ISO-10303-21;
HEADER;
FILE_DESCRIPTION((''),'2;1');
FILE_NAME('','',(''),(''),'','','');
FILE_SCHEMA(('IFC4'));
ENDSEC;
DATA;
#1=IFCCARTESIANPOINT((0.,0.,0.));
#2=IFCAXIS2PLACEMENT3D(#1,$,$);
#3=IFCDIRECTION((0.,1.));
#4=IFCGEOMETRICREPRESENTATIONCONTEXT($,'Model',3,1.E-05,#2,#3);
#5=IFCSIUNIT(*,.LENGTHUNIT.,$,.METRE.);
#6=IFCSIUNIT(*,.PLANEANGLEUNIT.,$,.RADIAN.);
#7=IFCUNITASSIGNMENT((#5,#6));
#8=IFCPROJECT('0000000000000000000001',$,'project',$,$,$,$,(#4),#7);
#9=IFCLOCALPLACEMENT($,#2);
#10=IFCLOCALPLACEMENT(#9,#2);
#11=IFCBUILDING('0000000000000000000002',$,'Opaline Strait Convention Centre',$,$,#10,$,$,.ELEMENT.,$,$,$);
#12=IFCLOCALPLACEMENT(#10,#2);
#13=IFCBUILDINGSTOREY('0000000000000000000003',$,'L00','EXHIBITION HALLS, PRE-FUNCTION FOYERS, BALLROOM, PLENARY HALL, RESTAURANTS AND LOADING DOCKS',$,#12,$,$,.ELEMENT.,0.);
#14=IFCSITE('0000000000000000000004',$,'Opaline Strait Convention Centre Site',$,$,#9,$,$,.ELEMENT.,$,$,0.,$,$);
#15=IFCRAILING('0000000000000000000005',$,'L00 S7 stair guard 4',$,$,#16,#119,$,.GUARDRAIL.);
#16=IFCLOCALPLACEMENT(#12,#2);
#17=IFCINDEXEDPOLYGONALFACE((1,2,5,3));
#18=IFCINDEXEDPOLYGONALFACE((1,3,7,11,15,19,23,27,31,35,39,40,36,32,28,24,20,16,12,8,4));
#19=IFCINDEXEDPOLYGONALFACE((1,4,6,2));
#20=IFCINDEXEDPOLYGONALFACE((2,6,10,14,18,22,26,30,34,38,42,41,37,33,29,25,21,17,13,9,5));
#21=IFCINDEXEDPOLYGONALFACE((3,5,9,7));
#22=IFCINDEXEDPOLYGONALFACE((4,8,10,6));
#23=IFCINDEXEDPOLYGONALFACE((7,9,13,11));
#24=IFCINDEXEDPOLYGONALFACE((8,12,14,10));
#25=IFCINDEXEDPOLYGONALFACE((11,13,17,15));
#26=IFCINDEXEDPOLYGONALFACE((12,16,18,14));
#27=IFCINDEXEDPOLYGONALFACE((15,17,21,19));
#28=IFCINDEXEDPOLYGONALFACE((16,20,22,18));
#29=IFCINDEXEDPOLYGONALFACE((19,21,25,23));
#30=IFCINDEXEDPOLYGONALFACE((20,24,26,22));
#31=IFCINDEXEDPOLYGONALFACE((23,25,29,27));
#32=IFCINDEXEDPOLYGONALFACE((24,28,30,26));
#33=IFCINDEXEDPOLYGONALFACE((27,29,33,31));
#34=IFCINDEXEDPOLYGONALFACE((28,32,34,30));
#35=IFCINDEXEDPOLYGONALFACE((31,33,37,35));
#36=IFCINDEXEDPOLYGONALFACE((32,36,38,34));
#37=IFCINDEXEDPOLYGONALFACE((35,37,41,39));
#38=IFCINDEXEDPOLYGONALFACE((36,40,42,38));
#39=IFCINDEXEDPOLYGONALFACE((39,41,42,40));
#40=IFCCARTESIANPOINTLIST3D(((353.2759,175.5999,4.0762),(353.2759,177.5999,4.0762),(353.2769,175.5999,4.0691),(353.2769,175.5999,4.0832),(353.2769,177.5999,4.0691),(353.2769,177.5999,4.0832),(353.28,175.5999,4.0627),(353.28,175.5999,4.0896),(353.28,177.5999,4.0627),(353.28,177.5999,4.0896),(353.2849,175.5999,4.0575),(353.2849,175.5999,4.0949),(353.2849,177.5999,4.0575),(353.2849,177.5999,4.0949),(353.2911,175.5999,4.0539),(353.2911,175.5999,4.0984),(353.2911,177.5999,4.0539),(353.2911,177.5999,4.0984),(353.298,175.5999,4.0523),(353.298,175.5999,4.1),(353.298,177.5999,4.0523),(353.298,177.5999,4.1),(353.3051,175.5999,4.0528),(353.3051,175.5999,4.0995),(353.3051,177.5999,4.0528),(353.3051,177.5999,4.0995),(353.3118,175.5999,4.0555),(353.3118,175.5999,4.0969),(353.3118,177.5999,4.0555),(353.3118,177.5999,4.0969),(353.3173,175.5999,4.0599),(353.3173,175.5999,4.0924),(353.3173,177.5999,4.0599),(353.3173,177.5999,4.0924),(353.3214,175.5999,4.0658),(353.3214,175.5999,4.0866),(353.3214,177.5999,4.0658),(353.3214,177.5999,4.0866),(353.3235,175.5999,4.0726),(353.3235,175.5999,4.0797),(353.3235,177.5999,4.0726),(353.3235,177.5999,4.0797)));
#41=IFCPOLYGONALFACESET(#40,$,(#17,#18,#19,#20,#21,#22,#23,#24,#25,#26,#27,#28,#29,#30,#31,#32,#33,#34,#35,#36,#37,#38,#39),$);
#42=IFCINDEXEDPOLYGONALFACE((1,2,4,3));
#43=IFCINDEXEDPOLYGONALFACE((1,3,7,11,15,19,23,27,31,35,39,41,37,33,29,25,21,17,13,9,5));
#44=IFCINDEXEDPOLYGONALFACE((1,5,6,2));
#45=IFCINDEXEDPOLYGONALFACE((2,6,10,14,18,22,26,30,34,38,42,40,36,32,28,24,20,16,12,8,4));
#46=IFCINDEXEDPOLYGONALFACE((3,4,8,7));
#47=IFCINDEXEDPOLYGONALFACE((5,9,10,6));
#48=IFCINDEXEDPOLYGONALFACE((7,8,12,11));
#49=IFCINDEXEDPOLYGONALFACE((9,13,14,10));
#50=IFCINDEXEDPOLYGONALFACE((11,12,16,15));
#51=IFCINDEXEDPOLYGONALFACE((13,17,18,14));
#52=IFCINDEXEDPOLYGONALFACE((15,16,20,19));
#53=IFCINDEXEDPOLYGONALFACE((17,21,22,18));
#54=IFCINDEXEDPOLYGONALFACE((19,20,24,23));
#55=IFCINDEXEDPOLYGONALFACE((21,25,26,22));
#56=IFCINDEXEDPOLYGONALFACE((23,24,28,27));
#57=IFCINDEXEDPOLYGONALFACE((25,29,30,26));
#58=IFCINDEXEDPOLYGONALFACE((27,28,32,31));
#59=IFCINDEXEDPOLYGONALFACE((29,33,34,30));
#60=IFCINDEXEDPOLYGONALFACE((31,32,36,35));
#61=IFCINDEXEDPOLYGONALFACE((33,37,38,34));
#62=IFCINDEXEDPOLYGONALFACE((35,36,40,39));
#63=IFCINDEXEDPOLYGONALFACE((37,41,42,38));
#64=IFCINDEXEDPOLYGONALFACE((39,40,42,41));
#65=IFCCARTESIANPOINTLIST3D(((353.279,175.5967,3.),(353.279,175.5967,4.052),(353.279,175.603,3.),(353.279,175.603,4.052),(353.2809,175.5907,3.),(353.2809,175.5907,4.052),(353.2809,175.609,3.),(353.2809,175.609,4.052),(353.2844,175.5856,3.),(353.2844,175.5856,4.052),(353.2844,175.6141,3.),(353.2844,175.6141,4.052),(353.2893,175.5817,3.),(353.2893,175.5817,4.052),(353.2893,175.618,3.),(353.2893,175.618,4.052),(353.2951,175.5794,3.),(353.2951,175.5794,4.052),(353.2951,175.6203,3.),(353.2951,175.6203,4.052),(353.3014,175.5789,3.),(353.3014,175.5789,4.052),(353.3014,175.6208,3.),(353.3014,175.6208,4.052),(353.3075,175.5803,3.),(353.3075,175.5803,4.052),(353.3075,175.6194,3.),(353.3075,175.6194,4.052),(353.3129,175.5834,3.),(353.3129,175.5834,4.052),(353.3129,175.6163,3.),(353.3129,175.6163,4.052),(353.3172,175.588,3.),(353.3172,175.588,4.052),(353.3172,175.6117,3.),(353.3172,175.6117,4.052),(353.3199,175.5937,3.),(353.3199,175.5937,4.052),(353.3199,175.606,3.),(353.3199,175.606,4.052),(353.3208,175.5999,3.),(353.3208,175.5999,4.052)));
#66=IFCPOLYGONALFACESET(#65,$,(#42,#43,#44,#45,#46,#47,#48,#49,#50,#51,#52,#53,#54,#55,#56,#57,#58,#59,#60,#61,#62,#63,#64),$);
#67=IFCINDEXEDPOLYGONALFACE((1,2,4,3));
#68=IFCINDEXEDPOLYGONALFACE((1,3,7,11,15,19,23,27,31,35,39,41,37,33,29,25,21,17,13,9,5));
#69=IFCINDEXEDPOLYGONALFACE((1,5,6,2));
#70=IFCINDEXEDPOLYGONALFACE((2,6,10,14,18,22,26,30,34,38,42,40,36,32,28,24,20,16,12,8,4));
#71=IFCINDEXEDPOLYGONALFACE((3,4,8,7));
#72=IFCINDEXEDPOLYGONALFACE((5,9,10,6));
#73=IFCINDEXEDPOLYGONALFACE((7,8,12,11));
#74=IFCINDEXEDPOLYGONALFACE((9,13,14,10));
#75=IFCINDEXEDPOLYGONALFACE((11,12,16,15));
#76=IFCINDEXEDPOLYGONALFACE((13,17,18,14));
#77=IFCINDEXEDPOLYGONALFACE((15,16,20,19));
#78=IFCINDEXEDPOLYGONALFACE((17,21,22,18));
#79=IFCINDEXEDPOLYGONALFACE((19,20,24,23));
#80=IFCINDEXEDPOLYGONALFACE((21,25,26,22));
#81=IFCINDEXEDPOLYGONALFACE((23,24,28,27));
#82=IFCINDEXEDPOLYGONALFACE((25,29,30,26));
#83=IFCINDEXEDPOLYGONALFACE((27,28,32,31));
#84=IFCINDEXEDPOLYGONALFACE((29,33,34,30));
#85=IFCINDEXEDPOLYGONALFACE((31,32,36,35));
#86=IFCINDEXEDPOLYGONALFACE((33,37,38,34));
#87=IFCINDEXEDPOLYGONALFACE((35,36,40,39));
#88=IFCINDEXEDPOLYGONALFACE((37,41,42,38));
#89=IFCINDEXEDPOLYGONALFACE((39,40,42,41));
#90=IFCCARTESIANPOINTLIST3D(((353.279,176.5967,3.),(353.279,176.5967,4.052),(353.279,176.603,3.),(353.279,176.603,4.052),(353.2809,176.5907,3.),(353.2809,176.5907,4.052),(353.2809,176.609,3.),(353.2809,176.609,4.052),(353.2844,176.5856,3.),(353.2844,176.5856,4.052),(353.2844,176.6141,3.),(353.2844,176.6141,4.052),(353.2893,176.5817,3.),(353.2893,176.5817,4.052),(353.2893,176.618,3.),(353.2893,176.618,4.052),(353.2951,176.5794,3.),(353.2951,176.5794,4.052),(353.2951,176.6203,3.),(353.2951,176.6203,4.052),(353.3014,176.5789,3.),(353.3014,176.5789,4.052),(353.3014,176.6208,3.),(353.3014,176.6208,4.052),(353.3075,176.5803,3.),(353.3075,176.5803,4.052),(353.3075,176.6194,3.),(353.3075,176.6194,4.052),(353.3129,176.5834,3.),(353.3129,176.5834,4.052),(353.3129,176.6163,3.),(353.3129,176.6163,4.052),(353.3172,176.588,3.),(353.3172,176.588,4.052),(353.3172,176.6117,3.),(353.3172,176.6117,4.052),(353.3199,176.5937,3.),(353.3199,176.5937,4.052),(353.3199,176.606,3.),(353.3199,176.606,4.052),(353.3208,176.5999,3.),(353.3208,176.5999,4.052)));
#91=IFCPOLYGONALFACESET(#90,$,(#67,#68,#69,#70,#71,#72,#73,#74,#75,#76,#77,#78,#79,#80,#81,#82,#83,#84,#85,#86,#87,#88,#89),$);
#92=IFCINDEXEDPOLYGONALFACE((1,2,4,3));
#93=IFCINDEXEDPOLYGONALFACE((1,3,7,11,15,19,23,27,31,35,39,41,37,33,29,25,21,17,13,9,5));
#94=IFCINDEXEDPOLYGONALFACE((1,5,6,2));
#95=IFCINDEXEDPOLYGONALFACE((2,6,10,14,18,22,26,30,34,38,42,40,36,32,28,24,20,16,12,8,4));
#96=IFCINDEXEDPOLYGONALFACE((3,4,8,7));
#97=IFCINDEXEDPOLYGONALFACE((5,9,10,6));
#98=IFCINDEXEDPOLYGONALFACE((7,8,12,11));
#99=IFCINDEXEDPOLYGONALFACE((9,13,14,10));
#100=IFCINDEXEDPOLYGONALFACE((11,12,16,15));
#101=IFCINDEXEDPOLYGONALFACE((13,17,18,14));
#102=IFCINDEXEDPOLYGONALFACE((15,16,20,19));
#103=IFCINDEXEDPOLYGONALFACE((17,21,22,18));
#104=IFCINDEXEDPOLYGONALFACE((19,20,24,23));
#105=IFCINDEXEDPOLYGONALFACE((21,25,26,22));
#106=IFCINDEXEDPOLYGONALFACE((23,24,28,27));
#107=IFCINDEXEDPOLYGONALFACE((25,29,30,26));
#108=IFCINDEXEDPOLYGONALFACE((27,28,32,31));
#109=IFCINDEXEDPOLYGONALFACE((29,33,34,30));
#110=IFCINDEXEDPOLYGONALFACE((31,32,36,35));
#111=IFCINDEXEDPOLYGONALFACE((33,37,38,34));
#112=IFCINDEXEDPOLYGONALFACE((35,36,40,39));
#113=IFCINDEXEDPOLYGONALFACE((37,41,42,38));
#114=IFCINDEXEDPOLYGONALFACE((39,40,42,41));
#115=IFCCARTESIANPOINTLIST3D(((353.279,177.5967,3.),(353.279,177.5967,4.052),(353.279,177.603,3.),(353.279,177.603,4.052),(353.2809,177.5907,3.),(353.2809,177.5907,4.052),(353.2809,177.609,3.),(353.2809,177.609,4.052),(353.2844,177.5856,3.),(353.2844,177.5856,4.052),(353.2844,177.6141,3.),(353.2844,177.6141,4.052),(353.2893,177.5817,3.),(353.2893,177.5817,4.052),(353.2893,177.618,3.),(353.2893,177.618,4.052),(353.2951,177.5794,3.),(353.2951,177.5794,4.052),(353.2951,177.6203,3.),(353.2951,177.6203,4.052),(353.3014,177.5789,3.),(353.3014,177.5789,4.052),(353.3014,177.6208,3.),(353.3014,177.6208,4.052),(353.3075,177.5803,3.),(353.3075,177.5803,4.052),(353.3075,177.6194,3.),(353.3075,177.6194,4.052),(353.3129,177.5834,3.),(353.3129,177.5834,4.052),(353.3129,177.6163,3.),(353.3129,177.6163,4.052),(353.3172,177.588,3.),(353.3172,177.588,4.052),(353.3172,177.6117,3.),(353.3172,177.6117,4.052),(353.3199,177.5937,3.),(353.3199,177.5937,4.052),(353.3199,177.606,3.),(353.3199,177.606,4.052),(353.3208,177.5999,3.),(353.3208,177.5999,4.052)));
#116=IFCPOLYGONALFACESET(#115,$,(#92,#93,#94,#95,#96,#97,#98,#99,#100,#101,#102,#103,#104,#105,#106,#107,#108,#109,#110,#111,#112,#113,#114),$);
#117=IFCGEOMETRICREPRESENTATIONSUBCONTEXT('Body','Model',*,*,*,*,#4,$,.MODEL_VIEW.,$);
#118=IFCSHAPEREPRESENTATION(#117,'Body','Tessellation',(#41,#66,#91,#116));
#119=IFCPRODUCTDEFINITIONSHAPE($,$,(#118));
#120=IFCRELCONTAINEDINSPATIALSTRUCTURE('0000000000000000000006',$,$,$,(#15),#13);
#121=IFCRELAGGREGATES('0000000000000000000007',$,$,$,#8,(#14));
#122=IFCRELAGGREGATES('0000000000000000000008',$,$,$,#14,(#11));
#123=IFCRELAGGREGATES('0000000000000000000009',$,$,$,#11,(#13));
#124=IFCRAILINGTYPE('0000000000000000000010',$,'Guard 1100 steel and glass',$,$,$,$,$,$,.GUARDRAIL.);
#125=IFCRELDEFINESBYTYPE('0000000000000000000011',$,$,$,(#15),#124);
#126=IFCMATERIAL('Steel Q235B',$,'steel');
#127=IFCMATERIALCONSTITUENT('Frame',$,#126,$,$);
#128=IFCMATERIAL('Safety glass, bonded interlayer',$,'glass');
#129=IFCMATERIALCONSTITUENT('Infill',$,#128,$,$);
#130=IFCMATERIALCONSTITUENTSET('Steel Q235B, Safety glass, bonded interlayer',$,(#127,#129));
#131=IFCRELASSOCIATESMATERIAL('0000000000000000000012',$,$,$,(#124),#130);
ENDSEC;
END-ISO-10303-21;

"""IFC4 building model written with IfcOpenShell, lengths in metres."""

from ifc_helpers import new_model, si_unit, direction, frame, origin, origin_2d, place, context, subcontext, project, spatial, circle, extrude, material, constituent, constituent_set, type_object, element, save


model = new_model("IFC4")

# Units and contexts
model_context = context("Model", 3, precision=1e-05, world=origin(), true_north=direction((0.0, 1.0)))
body_context = subcontext(model_context, "Body", "Model", "MODEL_VIEW")
ifc_project = project(units=[si_unit("LENGTHUNIT", "METRE"), si_unit("PLANEANGLEUNIT", "RADIAN")], contexts=[model_context])

# Site, building, storey
site_placement = place(None, origin())
site = spatial("IfcSite", under=ifc_project, at=site_placement, Name="Opaline Strait Convention Centre Site", CompositionType="ELEMENT", RefElevation=0.0)
building_placement = place(site_placement, origin())
building = spatial("IfcBuilding", under=site, at=building_placement, Name="Opaline Strait Convention Centre", CompositionType="ELEMENT")
storey_placement = place(building_placement, origin())
storey = spatial("IfcBuildingStorey", under=building, at=storey_placement, Name="L00", Description="EXHIBITION HALLS, PRE-FUNCTION FOYERS, BALLROOM, PLENARY HALL, RESTAURANTS AND LOADING DOCKS", CompositionType="ELEMENT", Elevation=0.0)

# Shared definitions
ifc_material_1 = material(Name="Steel Q235B", Category="steel")

# Railing
ifc_constituent_1 = constituent(ifc_material_1, Name="Frame")
ifc_material_2 = material(Name="Safety glass, bonded interlayer", Category="glass")
ifc_constituent_2 = constituent(ifc_material_2, Name="Infill")
ifc_constituent_set = constituent_set(constituents=[ifc_constituent_1, ifc_constituent_2], Name="Steel Q235B, Safety glass, bonded interlayer")
railing_type_1 = type_object("IfcRailingType", Name="Guard 1100 steel and glass", PredefinedType="GUARDRAIL", material=ifc_constituent_set)
railing_1_placement = place(storey_placement, frame((353.2998, 175.5999, 3.0)))
element("IfcRailing", 1, at=railing_1_placement, inside=storey, type_object=railing_type_1, Name="L00 S7 stair guard 4", PredefinedType="GUARDRAIL", context=body_context, shape_type="SweptSolid", body=[
    extrude(circle(Radius=0.0239, at=origin_2d()), frame((0.0, 0.0, 1.0762), z_axis=(0.0, 1.0, 0.0), x_axis=(-1.0, 0.0, 0.0)), (0.0, 0.0, 1.0), 2.0),
    extrude(circle(Radius=0.021, at=origin_2d()), origin(), (0.0, 0.0, 1.0), 1.052),
    extrude(circle(Radius=0.021, at=origin_2d()), frame((0.0, 1.0, 0.0)), (0.0, 0.0, 1.0), 1.052),
    extrude(circle(Radius=0.021, at=origin_2d()), frame((0.0, 2.0, 0.0)), (0.0, 0.0, 1.0), 1.052),
])

save(model, "model.ifc")
